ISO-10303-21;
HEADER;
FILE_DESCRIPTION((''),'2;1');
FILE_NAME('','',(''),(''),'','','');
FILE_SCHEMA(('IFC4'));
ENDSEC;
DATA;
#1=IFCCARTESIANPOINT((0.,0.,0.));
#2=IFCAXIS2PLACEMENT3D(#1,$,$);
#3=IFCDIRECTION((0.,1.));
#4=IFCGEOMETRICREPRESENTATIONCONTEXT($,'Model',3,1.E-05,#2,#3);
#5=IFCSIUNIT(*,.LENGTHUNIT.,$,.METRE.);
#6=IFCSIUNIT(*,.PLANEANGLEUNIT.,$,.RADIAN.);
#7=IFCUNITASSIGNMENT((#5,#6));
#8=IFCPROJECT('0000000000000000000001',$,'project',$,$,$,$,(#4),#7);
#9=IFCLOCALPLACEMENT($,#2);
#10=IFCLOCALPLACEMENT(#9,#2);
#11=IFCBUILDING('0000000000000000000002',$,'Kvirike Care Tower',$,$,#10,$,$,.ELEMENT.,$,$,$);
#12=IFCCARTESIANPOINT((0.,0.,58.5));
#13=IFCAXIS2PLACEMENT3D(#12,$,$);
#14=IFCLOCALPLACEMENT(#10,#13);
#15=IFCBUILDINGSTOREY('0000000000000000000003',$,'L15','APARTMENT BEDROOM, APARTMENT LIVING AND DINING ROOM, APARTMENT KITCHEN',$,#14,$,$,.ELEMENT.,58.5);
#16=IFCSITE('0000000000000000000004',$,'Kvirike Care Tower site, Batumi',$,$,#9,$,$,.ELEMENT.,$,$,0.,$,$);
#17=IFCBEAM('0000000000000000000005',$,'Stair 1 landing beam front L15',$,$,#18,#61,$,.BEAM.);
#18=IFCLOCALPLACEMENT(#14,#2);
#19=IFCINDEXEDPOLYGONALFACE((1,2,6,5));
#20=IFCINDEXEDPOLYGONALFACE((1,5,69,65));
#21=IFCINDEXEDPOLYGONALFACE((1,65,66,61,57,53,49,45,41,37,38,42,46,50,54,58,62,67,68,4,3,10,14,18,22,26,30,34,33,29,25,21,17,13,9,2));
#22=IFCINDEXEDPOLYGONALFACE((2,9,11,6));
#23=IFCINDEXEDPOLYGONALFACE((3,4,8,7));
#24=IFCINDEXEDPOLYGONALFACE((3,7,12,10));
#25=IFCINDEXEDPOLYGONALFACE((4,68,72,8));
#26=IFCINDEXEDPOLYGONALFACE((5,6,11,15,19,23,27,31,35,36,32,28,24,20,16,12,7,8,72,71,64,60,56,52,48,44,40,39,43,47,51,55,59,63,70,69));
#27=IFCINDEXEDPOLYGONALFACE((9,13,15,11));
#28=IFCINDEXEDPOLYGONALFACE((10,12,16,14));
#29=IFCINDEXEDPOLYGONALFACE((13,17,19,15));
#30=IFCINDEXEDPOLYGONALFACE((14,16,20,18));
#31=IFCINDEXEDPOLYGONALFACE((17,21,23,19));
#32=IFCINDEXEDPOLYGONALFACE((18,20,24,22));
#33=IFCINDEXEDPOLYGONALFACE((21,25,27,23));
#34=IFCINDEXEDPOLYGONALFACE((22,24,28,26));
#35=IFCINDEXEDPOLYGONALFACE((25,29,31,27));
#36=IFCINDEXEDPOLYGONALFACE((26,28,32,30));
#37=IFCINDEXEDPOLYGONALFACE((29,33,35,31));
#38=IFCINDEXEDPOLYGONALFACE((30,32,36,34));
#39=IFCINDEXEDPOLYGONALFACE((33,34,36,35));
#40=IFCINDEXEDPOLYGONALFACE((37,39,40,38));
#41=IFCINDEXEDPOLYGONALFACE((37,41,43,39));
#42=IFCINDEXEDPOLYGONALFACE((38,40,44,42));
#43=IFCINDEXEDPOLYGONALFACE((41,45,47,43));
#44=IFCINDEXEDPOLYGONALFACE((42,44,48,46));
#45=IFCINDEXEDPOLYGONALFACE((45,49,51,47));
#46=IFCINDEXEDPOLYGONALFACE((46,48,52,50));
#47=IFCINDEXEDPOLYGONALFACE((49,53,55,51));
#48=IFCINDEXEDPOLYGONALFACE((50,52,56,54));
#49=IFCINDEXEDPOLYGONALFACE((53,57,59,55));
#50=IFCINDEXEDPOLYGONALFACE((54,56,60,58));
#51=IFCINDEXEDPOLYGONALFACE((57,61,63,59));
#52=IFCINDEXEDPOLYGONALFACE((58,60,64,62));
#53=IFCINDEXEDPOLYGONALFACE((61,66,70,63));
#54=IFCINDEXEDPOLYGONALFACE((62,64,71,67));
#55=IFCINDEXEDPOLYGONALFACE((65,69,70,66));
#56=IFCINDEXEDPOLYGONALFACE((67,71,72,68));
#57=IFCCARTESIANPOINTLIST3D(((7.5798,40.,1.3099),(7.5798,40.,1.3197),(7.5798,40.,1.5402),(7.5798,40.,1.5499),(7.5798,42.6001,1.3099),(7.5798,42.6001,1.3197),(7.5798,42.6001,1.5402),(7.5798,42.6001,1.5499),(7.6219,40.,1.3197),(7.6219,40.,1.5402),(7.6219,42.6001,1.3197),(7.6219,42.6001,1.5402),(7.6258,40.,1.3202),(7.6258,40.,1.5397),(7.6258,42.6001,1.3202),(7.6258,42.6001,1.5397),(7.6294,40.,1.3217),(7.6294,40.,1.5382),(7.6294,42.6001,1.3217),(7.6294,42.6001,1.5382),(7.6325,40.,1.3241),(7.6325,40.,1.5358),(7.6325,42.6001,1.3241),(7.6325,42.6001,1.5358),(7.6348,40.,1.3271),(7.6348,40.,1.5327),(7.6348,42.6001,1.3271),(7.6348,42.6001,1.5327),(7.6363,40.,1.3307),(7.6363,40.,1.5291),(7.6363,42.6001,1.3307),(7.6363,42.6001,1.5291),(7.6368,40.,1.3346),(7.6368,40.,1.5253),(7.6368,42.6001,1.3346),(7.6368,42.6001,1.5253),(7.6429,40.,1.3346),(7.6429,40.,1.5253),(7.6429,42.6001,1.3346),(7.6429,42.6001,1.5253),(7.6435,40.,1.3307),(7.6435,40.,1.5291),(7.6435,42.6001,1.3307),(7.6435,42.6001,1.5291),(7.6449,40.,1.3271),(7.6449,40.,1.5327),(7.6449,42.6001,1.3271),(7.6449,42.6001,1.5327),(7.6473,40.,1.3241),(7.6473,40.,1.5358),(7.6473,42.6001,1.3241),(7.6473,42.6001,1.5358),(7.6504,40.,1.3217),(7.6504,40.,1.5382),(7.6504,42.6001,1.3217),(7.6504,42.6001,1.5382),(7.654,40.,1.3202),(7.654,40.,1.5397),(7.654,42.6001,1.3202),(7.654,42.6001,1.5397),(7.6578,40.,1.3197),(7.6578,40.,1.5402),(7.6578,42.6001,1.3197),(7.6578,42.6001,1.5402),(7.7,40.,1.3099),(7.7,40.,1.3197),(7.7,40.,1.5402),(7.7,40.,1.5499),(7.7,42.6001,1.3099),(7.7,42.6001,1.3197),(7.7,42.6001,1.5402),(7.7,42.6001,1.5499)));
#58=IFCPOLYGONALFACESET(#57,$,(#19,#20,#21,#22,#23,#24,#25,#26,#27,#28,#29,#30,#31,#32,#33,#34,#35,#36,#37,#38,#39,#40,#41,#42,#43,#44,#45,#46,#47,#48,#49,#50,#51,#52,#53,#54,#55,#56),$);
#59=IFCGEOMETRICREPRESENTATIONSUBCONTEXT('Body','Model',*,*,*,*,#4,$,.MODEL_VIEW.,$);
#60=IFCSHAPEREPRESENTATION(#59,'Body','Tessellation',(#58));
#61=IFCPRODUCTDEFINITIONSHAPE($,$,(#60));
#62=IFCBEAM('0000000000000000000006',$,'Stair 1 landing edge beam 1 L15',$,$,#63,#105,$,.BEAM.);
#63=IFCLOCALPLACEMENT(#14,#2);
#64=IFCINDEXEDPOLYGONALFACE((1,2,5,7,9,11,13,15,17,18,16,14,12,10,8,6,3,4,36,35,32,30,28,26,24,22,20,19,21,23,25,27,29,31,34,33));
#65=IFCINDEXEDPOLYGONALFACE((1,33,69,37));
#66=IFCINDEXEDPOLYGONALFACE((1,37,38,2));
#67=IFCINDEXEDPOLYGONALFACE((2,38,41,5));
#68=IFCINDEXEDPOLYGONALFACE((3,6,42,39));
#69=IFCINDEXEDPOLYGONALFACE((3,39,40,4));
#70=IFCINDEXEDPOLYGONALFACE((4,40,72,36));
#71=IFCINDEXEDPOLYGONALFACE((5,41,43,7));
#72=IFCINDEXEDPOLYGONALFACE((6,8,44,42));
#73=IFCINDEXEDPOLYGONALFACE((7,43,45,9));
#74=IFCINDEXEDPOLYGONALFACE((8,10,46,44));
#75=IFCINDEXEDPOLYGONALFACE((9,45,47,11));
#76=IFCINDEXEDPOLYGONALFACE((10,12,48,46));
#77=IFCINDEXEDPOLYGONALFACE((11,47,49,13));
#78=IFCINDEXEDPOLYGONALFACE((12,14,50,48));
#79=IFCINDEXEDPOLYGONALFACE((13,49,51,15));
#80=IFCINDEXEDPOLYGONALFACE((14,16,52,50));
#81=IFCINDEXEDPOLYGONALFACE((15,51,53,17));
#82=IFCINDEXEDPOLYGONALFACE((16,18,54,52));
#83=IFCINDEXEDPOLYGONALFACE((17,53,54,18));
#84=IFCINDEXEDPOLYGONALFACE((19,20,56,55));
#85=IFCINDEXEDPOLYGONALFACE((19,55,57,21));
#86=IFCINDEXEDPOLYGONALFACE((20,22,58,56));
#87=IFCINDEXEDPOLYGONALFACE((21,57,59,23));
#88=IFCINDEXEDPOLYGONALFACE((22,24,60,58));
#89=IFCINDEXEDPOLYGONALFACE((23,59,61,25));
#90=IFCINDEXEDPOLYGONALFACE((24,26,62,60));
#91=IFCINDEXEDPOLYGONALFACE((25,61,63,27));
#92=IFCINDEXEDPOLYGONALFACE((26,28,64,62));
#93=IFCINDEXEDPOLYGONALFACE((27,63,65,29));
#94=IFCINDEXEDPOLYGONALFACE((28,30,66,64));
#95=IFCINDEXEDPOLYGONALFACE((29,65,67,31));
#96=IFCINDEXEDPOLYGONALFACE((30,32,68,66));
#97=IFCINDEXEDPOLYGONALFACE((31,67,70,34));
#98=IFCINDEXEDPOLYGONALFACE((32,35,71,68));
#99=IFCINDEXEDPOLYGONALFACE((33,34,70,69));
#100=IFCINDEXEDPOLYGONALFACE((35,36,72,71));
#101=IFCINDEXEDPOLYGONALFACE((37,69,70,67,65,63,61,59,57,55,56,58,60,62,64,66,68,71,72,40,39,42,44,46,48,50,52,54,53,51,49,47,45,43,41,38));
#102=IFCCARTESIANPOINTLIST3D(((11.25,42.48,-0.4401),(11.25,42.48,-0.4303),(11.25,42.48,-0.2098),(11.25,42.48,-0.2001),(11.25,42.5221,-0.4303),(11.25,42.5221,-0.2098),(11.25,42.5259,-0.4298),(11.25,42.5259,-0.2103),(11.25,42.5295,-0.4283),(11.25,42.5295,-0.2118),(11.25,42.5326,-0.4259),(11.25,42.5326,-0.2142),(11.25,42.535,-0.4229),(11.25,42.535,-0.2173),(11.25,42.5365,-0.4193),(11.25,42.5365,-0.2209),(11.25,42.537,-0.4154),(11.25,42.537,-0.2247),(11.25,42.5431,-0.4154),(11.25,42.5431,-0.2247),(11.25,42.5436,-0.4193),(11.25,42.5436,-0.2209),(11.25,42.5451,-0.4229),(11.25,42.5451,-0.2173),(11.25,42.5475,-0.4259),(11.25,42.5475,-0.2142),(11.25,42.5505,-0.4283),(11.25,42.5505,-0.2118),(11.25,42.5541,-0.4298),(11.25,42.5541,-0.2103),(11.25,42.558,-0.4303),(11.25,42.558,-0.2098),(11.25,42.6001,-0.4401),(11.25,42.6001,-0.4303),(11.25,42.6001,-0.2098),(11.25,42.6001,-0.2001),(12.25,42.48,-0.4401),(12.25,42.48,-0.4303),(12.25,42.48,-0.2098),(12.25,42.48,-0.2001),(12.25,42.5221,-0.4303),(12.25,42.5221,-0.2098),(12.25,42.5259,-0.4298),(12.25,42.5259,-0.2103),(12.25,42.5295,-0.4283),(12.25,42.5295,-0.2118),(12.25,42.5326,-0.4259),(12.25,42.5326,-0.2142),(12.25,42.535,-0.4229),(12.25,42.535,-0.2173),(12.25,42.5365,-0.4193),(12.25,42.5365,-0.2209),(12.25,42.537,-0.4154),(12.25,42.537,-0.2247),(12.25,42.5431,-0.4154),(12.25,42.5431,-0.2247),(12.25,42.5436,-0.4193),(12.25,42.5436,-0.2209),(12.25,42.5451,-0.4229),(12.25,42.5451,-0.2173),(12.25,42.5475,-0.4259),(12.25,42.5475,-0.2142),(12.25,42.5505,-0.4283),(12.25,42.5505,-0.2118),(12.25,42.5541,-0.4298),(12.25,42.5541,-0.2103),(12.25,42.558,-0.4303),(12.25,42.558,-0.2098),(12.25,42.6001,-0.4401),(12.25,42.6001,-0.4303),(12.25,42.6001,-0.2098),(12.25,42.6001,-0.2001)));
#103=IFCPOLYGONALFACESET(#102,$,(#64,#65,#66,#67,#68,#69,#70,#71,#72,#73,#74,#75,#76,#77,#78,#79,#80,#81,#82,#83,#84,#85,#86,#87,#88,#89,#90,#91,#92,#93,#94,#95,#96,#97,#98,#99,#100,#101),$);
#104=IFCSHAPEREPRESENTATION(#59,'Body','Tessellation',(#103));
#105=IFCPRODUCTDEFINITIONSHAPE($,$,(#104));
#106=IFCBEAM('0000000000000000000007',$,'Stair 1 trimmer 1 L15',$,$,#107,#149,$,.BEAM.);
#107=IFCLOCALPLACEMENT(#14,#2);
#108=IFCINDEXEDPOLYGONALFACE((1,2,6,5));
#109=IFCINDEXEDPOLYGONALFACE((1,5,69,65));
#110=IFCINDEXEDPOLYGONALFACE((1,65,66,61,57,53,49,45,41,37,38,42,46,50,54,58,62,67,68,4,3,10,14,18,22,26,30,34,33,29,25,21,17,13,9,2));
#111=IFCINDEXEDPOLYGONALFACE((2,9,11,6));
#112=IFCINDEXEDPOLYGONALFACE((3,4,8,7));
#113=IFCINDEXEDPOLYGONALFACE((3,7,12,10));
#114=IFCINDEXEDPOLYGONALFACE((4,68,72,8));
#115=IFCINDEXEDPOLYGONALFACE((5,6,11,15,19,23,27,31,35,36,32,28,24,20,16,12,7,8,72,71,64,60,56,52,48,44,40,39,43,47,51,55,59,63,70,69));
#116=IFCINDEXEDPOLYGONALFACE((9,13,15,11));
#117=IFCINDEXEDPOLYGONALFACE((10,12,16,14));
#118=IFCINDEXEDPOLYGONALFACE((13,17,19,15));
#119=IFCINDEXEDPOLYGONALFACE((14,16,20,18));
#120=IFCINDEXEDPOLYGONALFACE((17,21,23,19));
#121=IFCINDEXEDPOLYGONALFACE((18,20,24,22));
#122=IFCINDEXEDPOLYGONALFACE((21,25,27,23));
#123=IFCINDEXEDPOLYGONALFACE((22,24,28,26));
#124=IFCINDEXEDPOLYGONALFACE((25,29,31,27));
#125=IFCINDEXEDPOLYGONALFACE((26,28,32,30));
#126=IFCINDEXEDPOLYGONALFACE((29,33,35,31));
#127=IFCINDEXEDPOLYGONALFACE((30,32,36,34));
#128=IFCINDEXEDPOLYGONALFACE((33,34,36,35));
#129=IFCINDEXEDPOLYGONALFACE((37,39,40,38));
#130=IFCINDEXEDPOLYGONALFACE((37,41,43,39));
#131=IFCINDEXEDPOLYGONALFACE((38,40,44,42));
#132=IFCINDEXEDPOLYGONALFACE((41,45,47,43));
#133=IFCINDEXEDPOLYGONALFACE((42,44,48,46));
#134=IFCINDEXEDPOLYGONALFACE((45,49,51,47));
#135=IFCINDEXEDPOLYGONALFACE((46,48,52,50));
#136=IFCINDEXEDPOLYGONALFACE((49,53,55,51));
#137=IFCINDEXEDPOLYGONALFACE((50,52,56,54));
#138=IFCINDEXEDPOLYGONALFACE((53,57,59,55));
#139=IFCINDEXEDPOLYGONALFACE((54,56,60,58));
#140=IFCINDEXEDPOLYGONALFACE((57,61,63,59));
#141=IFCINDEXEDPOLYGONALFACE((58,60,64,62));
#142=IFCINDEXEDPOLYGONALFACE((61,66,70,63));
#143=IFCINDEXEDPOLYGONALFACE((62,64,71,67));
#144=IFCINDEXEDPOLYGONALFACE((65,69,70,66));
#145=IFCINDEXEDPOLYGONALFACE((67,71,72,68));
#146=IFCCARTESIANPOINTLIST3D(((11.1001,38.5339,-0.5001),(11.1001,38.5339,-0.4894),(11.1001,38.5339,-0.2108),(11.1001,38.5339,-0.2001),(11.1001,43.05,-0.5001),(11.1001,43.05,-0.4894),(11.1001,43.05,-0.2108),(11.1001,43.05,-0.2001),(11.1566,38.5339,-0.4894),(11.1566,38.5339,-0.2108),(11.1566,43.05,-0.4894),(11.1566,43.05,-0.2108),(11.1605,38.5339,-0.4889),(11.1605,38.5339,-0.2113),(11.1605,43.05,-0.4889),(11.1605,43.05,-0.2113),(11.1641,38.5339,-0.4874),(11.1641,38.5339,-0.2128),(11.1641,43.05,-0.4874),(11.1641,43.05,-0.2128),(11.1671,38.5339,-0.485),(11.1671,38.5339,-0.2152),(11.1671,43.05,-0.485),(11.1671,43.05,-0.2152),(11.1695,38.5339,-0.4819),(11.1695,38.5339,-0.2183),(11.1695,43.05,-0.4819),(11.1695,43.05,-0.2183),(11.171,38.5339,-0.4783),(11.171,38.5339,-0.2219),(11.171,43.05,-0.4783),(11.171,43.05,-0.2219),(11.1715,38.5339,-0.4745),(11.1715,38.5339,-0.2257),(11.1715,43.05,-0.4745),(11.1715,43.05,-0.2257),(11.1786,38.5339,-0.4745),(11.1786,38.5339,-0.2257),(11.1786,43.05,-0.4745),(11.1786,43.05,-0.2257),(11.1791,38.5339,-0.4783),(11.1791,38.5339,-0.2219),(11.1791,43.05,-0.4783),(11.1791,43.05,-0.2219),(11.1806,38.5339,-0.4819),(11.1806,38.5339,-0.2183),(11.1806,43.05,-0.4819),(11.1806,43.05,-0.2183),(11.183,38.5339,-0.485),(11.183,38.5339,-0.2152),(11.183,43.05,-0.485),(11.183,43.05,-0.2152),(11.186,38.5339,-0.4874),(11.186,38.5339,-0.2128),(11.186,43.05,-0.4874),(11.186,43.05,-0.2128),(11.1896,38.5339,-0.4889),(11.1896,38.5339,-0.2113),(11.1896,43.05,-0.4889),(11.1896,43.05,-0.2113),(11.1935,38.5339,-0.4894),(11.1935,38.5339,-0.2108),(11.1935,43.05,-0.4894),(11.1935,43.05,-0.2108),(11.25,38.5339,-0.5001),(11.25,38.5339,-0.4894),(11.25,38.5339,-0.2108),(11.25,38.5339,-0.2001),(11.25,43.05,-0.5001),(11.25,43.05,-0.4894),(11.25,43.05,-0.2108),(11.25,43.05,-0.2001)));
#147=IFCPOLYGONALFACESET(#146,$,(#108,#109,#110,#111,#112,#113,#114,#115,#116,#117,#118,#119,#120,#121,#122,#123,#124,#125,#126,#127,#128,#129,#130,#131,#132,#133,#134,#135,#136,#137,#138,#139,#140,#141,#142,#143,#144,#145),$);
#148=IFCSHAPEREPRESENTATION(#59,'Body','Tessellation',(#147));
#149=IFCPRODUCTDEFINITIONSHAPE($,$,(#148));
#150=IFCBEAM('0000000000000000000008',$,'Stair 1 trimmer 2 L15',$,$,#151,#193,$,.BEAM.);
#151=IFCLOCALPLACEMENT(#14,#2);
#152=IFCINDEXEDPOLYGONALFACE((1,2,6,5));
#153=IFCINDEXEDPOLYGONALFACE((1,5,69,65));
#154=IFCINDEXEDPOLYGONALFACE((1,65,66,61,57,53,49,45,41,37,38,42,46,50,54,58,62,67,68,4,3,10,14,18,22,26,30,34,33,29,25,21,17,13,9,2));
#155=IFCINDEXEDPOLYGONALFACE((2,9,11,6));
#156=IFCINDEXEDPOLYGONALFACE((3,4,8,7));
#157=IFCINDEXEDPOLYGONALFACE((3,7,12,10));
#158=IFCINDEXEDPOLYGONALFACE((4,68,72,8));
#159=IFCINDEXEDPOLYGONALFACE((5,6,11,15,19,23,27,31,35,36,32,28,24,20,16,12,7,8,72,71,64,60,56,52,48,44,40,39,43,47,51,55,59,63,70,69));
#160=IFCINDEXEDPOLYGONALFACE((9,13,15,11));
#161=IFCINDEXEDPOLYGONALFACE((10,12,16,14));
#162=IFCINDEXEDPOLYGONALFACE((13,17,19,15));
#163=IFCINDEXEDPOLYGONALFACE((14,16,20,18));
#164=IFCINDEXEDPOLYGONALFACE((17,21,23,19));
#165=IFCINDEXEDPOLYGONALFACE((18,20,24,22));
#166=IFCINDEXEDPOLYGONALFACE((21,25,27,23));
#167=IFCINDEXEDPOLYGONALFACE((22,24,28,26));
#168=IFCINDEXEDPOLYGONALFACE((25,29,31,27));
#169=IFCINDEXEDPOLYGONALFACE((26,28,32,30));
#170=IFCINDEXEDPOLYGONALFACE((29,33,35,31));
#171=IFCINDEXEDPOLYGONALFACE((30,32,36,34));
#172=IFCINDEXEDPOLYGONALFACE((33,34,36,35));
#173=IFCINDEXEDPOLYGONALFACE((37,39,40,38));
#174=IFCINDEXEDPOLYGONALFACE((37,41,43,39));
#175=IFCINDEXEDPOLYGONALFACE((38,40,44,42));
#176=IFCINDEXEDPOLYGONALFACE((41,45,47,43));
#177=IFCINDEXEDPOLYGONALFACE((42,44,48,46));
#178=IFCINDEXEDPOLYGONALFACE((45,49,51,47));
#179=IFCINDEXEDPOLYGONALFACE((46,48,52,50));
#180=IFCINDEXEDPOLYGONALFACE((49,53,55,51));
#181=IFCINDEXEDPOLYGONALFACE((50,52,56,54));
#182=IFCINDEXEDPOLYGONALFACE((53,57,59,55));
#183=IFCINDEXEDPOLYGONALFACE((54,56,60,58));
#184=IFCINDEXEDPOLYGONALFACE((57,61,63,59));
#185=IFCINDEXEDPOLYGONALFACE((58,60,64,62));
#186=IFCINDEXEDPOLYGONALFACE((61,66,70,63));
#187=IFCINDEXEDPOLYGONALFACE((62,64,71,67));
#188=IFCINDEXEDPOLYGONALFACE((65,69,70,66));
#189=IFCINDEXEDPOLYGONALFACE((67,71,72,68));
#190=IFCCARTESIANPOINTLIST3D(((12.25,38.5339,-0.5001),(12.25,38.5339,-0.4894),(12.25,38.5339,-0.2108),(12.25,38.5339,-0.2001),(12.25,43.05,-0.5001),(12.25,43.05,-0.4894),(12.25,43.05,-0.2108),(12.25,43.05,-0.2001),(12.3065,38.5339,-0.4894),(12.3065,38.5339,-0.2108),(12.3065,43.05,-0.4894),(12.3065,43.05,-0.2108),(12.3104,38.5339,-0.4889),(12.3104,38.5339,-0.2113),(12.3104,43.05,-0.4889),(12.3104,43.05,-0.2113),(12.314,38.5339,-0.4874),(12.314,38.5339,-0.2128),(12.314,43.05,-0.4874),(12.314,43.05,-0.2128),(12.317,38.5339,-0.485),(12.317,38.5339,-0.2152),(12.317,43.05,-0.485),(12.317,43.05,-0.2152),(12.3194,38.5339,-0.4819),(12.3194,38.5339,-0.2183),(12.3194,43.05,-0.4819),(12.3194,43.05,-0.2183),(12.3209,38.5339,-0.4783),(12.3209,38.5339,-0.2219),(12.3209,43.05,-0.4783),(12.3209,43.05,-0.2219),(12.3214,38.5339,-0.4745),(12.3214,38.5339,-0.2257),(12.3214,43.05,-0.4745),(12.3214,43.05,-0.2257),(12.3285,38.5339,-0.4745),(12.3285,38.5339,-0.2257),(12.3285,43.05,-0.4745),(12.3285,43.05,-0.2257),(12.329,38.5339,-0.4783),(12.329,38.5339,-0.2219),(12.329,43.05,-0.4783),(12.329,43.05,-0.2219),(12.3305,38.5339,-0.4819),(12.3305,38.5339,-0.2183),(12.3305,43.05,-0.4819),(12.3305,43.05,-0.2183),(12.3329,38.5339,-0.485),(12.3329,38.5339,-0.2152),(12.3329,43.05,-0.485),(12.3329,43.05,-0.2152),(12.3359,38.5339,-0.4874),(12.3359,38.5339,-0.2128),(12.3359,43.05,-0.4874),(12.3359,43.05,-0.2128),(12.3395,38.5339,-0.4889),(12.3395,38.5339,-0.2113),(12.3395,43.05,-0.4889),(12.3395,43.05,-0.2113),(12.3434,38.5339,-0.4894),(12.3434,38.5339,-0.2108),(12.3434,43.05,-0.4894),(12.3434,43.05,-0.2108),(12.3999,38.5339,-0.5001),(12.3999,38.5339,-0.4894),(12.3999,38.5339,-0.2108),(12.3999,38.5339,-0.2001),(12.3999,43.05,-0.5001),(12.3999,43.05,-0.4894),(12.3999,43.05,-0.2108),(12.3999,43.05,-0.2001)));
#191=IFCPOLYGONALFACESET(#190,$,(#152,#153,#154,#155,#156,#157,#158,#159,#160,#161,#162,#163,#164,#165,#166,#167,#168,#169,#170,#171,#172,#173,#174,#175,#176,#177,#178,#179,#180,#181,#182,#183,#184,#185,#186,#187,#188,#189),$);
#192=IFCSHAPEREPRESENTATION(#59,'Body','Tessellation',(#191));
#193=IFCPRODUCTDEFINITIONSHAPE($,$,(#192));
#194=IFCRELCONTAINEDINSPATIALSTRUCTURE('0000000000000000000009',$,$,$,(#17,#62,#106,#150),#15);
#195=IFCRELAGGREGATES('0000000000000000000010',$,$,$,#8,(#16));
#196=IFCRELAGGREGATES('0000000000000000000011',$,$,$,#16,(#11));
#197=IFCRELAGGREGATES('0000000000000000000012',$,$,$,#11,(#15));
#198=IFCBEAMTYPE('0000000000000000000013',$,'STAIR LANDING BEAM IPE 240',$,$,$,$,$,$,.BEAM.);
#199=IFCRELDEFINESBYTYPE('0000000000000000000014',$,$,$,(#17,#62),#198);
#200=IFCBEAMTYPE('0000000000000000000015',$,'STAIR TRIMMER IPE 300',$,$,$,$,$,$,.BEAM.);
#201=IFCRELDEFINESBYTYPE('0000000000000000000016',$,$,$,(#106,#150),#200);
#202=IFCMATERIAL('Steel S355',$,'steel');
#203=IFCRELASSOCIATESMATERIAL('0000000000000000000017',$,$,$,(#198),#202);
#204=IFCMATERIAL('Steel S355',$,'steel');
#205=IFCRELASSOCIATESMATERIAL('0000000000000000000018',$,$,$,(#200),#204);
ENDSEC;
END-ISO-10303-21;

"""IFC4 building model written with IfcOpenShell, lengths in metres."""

from ifc_helpers import new_model, si_unit, direction, frame, origin, origin_2d, place, context, subcontext, project, spatial, i_section, extrude, material, material_profile, profile_set, type_object, element, save


model = new_model("IFC4")

# Units and contexts
model_context = context("Model", 3, precision=1e-05, world=origin(), true_north=direction((0.0, 1.0)))
body_context = subcontext(model_context, "Body", "Model", "MODEL_VIEW")
ifc_project = project(units=[si_unit("LENGTHUNIT", "METRE"), si_unit("PLANEANGLEUNIT", "RADIAN")], contexts=[model_context])

# Site, building, storey
site_placement = place(None, origin())
site = spatial("IfcSite", under=ifc_project, at=site_placement, Name="Kvirike Care Tower site, Batumi", CompositionType="ELEMENT", RefElevation=0.0)
building_placement = place(site_placement, origin())
building = spatial("IfcBuilding", under=site, at=building_placement, Name="Kvirike Care Tower", CompositionType="ELEMENT")
storey_placement = place(building_placement, frame((0.0, 0.0, 58.5)))
storey = spatial("IfcBuildingStorey", under=building, at=storey_placement, Name="L15", Description="APARTMENT BEDROOM, APARTMENT LIVING AND DINING ROOM, APARTMENT KITCHEN", CompositionType="ELEMENT", Elevation=58.5)

# Beams
ifc_material_1 = material(Name="Steel S355", Category="steel")
ifc_material_profile_1 = material_profile(ifc_material_1, i_section(OverallWidth=0.1201, OverallDepth=0.24, WebThickness=0.0061, FlangeThickness=0.0098, FilletRadius=0.0149, at=origin_2d()), Name="IPE 240")
ifc_profile_set_1 = profile_set([ifc_material_profile_1], Name="Steel S355")
beam_type_1 = type_object("IfcBeamType", Name="STAIR LANDING BEAM IPE 240", PredefinedType="BEAM", material=ifc_profile_set_1)
beam_1_placement = place(storey_placement, frame((7.6399, 42.6001, 1.4299), z_axis=(0.0, -1.0, 0.0), x_axis=(1.0, 0.0, 0.0)))
element("IfcBeam", 1, at=beam_1_placement, inside=storey, type_object=beam_type_1, Name="Stair 1 landing beam front L15", PredefinedType="BEAM", context=body_context, shape_type="SweptSolid", body=[
    extrude(i_section(OverallWidth=0.1201, OverallDepth=0.24, WebThickness=0.0061, FlangeThickness=0.0098, FilletRadius=0.0149, at=origin_2d()), origin(), (0.0, 0.0, 1.0), 2.6001),
])
beam_2_placement = place(storey_placement, frame((11.25, 42.54, -0.3201), z_axis=(1.0, 0.0, 0.0), x_axis=(0.0, 1.0, 0.0)))
element("IfcBeam", 2, at=beam_2_placement, inside=storey, type_object=beam_type_1, Name="Stair 1 landing edge beam 1 L15", PredefinedType="BEAM", context=body_context, shape_type="SweptSolid", body=[
    extrude(i_section(OverallWidth=0.1201, OverallDepth=0.24, WebThickness=0.0061, FlangeThickness=0.0098, FilletRadius=0.0149, at=origin_2d()), origin(), (0.0, 0.0, 1.0), 1.0),
])
ifc_material_2 = material(Name="Steel S355", Category="steel")
ifc_material_profile_2 = material_profile(ifc_material_2, i_section(OverallWidth=0.1499, OverallDepth=0.3, WebThickness=0.0071, FlangeThickness=0.0107, FilletRadius=0.0149, at=origin_2d()), Name="IPE 300")
ifc_profile_set_2 = profile_set([ifc_material_profile_2], Name="Steel S355")
beam_type_2 = type_object("IfcBeamType", Name="STAIR TRIMMER IPE 300", PredefinedType="BEAM", material=ifc_profile_set_2)
for number, where, z_axis, x_axis, name in (
    (3, (11.175, 43.05, -0.3501), (0.0, -1.0, 0.0), (1.0, 0.0, 0.0), "Stair 1 trimmer 1 L15"),
    (4, (12.325, 43.05, -0.3501), (0.0, -1.0, 0.0), (1.0, 0.0, 0.0), "Stair 1 trimmer 2 L15"),
):
    element("IfcBeam", number, at=place(storey_placement, frame(where, z_axis=z_axis, x_axis=x_axis)), inside=storey, type_object=beam_type_2, Name=name, PredefinedType="BEAM", context=body_context, shape_type="SweptSolid", body=[
        extrude(i_section(OverallWidth=0.1499, OverallDepth=0.3, WebThickness=0.0071, FlangeThickness=0.0107, FilletRadius=0.0149, at=origin_2d()), origin(), (0.0, 0.0, 1.0), 4.5161),
    ])

save(model, "model.ifc")
